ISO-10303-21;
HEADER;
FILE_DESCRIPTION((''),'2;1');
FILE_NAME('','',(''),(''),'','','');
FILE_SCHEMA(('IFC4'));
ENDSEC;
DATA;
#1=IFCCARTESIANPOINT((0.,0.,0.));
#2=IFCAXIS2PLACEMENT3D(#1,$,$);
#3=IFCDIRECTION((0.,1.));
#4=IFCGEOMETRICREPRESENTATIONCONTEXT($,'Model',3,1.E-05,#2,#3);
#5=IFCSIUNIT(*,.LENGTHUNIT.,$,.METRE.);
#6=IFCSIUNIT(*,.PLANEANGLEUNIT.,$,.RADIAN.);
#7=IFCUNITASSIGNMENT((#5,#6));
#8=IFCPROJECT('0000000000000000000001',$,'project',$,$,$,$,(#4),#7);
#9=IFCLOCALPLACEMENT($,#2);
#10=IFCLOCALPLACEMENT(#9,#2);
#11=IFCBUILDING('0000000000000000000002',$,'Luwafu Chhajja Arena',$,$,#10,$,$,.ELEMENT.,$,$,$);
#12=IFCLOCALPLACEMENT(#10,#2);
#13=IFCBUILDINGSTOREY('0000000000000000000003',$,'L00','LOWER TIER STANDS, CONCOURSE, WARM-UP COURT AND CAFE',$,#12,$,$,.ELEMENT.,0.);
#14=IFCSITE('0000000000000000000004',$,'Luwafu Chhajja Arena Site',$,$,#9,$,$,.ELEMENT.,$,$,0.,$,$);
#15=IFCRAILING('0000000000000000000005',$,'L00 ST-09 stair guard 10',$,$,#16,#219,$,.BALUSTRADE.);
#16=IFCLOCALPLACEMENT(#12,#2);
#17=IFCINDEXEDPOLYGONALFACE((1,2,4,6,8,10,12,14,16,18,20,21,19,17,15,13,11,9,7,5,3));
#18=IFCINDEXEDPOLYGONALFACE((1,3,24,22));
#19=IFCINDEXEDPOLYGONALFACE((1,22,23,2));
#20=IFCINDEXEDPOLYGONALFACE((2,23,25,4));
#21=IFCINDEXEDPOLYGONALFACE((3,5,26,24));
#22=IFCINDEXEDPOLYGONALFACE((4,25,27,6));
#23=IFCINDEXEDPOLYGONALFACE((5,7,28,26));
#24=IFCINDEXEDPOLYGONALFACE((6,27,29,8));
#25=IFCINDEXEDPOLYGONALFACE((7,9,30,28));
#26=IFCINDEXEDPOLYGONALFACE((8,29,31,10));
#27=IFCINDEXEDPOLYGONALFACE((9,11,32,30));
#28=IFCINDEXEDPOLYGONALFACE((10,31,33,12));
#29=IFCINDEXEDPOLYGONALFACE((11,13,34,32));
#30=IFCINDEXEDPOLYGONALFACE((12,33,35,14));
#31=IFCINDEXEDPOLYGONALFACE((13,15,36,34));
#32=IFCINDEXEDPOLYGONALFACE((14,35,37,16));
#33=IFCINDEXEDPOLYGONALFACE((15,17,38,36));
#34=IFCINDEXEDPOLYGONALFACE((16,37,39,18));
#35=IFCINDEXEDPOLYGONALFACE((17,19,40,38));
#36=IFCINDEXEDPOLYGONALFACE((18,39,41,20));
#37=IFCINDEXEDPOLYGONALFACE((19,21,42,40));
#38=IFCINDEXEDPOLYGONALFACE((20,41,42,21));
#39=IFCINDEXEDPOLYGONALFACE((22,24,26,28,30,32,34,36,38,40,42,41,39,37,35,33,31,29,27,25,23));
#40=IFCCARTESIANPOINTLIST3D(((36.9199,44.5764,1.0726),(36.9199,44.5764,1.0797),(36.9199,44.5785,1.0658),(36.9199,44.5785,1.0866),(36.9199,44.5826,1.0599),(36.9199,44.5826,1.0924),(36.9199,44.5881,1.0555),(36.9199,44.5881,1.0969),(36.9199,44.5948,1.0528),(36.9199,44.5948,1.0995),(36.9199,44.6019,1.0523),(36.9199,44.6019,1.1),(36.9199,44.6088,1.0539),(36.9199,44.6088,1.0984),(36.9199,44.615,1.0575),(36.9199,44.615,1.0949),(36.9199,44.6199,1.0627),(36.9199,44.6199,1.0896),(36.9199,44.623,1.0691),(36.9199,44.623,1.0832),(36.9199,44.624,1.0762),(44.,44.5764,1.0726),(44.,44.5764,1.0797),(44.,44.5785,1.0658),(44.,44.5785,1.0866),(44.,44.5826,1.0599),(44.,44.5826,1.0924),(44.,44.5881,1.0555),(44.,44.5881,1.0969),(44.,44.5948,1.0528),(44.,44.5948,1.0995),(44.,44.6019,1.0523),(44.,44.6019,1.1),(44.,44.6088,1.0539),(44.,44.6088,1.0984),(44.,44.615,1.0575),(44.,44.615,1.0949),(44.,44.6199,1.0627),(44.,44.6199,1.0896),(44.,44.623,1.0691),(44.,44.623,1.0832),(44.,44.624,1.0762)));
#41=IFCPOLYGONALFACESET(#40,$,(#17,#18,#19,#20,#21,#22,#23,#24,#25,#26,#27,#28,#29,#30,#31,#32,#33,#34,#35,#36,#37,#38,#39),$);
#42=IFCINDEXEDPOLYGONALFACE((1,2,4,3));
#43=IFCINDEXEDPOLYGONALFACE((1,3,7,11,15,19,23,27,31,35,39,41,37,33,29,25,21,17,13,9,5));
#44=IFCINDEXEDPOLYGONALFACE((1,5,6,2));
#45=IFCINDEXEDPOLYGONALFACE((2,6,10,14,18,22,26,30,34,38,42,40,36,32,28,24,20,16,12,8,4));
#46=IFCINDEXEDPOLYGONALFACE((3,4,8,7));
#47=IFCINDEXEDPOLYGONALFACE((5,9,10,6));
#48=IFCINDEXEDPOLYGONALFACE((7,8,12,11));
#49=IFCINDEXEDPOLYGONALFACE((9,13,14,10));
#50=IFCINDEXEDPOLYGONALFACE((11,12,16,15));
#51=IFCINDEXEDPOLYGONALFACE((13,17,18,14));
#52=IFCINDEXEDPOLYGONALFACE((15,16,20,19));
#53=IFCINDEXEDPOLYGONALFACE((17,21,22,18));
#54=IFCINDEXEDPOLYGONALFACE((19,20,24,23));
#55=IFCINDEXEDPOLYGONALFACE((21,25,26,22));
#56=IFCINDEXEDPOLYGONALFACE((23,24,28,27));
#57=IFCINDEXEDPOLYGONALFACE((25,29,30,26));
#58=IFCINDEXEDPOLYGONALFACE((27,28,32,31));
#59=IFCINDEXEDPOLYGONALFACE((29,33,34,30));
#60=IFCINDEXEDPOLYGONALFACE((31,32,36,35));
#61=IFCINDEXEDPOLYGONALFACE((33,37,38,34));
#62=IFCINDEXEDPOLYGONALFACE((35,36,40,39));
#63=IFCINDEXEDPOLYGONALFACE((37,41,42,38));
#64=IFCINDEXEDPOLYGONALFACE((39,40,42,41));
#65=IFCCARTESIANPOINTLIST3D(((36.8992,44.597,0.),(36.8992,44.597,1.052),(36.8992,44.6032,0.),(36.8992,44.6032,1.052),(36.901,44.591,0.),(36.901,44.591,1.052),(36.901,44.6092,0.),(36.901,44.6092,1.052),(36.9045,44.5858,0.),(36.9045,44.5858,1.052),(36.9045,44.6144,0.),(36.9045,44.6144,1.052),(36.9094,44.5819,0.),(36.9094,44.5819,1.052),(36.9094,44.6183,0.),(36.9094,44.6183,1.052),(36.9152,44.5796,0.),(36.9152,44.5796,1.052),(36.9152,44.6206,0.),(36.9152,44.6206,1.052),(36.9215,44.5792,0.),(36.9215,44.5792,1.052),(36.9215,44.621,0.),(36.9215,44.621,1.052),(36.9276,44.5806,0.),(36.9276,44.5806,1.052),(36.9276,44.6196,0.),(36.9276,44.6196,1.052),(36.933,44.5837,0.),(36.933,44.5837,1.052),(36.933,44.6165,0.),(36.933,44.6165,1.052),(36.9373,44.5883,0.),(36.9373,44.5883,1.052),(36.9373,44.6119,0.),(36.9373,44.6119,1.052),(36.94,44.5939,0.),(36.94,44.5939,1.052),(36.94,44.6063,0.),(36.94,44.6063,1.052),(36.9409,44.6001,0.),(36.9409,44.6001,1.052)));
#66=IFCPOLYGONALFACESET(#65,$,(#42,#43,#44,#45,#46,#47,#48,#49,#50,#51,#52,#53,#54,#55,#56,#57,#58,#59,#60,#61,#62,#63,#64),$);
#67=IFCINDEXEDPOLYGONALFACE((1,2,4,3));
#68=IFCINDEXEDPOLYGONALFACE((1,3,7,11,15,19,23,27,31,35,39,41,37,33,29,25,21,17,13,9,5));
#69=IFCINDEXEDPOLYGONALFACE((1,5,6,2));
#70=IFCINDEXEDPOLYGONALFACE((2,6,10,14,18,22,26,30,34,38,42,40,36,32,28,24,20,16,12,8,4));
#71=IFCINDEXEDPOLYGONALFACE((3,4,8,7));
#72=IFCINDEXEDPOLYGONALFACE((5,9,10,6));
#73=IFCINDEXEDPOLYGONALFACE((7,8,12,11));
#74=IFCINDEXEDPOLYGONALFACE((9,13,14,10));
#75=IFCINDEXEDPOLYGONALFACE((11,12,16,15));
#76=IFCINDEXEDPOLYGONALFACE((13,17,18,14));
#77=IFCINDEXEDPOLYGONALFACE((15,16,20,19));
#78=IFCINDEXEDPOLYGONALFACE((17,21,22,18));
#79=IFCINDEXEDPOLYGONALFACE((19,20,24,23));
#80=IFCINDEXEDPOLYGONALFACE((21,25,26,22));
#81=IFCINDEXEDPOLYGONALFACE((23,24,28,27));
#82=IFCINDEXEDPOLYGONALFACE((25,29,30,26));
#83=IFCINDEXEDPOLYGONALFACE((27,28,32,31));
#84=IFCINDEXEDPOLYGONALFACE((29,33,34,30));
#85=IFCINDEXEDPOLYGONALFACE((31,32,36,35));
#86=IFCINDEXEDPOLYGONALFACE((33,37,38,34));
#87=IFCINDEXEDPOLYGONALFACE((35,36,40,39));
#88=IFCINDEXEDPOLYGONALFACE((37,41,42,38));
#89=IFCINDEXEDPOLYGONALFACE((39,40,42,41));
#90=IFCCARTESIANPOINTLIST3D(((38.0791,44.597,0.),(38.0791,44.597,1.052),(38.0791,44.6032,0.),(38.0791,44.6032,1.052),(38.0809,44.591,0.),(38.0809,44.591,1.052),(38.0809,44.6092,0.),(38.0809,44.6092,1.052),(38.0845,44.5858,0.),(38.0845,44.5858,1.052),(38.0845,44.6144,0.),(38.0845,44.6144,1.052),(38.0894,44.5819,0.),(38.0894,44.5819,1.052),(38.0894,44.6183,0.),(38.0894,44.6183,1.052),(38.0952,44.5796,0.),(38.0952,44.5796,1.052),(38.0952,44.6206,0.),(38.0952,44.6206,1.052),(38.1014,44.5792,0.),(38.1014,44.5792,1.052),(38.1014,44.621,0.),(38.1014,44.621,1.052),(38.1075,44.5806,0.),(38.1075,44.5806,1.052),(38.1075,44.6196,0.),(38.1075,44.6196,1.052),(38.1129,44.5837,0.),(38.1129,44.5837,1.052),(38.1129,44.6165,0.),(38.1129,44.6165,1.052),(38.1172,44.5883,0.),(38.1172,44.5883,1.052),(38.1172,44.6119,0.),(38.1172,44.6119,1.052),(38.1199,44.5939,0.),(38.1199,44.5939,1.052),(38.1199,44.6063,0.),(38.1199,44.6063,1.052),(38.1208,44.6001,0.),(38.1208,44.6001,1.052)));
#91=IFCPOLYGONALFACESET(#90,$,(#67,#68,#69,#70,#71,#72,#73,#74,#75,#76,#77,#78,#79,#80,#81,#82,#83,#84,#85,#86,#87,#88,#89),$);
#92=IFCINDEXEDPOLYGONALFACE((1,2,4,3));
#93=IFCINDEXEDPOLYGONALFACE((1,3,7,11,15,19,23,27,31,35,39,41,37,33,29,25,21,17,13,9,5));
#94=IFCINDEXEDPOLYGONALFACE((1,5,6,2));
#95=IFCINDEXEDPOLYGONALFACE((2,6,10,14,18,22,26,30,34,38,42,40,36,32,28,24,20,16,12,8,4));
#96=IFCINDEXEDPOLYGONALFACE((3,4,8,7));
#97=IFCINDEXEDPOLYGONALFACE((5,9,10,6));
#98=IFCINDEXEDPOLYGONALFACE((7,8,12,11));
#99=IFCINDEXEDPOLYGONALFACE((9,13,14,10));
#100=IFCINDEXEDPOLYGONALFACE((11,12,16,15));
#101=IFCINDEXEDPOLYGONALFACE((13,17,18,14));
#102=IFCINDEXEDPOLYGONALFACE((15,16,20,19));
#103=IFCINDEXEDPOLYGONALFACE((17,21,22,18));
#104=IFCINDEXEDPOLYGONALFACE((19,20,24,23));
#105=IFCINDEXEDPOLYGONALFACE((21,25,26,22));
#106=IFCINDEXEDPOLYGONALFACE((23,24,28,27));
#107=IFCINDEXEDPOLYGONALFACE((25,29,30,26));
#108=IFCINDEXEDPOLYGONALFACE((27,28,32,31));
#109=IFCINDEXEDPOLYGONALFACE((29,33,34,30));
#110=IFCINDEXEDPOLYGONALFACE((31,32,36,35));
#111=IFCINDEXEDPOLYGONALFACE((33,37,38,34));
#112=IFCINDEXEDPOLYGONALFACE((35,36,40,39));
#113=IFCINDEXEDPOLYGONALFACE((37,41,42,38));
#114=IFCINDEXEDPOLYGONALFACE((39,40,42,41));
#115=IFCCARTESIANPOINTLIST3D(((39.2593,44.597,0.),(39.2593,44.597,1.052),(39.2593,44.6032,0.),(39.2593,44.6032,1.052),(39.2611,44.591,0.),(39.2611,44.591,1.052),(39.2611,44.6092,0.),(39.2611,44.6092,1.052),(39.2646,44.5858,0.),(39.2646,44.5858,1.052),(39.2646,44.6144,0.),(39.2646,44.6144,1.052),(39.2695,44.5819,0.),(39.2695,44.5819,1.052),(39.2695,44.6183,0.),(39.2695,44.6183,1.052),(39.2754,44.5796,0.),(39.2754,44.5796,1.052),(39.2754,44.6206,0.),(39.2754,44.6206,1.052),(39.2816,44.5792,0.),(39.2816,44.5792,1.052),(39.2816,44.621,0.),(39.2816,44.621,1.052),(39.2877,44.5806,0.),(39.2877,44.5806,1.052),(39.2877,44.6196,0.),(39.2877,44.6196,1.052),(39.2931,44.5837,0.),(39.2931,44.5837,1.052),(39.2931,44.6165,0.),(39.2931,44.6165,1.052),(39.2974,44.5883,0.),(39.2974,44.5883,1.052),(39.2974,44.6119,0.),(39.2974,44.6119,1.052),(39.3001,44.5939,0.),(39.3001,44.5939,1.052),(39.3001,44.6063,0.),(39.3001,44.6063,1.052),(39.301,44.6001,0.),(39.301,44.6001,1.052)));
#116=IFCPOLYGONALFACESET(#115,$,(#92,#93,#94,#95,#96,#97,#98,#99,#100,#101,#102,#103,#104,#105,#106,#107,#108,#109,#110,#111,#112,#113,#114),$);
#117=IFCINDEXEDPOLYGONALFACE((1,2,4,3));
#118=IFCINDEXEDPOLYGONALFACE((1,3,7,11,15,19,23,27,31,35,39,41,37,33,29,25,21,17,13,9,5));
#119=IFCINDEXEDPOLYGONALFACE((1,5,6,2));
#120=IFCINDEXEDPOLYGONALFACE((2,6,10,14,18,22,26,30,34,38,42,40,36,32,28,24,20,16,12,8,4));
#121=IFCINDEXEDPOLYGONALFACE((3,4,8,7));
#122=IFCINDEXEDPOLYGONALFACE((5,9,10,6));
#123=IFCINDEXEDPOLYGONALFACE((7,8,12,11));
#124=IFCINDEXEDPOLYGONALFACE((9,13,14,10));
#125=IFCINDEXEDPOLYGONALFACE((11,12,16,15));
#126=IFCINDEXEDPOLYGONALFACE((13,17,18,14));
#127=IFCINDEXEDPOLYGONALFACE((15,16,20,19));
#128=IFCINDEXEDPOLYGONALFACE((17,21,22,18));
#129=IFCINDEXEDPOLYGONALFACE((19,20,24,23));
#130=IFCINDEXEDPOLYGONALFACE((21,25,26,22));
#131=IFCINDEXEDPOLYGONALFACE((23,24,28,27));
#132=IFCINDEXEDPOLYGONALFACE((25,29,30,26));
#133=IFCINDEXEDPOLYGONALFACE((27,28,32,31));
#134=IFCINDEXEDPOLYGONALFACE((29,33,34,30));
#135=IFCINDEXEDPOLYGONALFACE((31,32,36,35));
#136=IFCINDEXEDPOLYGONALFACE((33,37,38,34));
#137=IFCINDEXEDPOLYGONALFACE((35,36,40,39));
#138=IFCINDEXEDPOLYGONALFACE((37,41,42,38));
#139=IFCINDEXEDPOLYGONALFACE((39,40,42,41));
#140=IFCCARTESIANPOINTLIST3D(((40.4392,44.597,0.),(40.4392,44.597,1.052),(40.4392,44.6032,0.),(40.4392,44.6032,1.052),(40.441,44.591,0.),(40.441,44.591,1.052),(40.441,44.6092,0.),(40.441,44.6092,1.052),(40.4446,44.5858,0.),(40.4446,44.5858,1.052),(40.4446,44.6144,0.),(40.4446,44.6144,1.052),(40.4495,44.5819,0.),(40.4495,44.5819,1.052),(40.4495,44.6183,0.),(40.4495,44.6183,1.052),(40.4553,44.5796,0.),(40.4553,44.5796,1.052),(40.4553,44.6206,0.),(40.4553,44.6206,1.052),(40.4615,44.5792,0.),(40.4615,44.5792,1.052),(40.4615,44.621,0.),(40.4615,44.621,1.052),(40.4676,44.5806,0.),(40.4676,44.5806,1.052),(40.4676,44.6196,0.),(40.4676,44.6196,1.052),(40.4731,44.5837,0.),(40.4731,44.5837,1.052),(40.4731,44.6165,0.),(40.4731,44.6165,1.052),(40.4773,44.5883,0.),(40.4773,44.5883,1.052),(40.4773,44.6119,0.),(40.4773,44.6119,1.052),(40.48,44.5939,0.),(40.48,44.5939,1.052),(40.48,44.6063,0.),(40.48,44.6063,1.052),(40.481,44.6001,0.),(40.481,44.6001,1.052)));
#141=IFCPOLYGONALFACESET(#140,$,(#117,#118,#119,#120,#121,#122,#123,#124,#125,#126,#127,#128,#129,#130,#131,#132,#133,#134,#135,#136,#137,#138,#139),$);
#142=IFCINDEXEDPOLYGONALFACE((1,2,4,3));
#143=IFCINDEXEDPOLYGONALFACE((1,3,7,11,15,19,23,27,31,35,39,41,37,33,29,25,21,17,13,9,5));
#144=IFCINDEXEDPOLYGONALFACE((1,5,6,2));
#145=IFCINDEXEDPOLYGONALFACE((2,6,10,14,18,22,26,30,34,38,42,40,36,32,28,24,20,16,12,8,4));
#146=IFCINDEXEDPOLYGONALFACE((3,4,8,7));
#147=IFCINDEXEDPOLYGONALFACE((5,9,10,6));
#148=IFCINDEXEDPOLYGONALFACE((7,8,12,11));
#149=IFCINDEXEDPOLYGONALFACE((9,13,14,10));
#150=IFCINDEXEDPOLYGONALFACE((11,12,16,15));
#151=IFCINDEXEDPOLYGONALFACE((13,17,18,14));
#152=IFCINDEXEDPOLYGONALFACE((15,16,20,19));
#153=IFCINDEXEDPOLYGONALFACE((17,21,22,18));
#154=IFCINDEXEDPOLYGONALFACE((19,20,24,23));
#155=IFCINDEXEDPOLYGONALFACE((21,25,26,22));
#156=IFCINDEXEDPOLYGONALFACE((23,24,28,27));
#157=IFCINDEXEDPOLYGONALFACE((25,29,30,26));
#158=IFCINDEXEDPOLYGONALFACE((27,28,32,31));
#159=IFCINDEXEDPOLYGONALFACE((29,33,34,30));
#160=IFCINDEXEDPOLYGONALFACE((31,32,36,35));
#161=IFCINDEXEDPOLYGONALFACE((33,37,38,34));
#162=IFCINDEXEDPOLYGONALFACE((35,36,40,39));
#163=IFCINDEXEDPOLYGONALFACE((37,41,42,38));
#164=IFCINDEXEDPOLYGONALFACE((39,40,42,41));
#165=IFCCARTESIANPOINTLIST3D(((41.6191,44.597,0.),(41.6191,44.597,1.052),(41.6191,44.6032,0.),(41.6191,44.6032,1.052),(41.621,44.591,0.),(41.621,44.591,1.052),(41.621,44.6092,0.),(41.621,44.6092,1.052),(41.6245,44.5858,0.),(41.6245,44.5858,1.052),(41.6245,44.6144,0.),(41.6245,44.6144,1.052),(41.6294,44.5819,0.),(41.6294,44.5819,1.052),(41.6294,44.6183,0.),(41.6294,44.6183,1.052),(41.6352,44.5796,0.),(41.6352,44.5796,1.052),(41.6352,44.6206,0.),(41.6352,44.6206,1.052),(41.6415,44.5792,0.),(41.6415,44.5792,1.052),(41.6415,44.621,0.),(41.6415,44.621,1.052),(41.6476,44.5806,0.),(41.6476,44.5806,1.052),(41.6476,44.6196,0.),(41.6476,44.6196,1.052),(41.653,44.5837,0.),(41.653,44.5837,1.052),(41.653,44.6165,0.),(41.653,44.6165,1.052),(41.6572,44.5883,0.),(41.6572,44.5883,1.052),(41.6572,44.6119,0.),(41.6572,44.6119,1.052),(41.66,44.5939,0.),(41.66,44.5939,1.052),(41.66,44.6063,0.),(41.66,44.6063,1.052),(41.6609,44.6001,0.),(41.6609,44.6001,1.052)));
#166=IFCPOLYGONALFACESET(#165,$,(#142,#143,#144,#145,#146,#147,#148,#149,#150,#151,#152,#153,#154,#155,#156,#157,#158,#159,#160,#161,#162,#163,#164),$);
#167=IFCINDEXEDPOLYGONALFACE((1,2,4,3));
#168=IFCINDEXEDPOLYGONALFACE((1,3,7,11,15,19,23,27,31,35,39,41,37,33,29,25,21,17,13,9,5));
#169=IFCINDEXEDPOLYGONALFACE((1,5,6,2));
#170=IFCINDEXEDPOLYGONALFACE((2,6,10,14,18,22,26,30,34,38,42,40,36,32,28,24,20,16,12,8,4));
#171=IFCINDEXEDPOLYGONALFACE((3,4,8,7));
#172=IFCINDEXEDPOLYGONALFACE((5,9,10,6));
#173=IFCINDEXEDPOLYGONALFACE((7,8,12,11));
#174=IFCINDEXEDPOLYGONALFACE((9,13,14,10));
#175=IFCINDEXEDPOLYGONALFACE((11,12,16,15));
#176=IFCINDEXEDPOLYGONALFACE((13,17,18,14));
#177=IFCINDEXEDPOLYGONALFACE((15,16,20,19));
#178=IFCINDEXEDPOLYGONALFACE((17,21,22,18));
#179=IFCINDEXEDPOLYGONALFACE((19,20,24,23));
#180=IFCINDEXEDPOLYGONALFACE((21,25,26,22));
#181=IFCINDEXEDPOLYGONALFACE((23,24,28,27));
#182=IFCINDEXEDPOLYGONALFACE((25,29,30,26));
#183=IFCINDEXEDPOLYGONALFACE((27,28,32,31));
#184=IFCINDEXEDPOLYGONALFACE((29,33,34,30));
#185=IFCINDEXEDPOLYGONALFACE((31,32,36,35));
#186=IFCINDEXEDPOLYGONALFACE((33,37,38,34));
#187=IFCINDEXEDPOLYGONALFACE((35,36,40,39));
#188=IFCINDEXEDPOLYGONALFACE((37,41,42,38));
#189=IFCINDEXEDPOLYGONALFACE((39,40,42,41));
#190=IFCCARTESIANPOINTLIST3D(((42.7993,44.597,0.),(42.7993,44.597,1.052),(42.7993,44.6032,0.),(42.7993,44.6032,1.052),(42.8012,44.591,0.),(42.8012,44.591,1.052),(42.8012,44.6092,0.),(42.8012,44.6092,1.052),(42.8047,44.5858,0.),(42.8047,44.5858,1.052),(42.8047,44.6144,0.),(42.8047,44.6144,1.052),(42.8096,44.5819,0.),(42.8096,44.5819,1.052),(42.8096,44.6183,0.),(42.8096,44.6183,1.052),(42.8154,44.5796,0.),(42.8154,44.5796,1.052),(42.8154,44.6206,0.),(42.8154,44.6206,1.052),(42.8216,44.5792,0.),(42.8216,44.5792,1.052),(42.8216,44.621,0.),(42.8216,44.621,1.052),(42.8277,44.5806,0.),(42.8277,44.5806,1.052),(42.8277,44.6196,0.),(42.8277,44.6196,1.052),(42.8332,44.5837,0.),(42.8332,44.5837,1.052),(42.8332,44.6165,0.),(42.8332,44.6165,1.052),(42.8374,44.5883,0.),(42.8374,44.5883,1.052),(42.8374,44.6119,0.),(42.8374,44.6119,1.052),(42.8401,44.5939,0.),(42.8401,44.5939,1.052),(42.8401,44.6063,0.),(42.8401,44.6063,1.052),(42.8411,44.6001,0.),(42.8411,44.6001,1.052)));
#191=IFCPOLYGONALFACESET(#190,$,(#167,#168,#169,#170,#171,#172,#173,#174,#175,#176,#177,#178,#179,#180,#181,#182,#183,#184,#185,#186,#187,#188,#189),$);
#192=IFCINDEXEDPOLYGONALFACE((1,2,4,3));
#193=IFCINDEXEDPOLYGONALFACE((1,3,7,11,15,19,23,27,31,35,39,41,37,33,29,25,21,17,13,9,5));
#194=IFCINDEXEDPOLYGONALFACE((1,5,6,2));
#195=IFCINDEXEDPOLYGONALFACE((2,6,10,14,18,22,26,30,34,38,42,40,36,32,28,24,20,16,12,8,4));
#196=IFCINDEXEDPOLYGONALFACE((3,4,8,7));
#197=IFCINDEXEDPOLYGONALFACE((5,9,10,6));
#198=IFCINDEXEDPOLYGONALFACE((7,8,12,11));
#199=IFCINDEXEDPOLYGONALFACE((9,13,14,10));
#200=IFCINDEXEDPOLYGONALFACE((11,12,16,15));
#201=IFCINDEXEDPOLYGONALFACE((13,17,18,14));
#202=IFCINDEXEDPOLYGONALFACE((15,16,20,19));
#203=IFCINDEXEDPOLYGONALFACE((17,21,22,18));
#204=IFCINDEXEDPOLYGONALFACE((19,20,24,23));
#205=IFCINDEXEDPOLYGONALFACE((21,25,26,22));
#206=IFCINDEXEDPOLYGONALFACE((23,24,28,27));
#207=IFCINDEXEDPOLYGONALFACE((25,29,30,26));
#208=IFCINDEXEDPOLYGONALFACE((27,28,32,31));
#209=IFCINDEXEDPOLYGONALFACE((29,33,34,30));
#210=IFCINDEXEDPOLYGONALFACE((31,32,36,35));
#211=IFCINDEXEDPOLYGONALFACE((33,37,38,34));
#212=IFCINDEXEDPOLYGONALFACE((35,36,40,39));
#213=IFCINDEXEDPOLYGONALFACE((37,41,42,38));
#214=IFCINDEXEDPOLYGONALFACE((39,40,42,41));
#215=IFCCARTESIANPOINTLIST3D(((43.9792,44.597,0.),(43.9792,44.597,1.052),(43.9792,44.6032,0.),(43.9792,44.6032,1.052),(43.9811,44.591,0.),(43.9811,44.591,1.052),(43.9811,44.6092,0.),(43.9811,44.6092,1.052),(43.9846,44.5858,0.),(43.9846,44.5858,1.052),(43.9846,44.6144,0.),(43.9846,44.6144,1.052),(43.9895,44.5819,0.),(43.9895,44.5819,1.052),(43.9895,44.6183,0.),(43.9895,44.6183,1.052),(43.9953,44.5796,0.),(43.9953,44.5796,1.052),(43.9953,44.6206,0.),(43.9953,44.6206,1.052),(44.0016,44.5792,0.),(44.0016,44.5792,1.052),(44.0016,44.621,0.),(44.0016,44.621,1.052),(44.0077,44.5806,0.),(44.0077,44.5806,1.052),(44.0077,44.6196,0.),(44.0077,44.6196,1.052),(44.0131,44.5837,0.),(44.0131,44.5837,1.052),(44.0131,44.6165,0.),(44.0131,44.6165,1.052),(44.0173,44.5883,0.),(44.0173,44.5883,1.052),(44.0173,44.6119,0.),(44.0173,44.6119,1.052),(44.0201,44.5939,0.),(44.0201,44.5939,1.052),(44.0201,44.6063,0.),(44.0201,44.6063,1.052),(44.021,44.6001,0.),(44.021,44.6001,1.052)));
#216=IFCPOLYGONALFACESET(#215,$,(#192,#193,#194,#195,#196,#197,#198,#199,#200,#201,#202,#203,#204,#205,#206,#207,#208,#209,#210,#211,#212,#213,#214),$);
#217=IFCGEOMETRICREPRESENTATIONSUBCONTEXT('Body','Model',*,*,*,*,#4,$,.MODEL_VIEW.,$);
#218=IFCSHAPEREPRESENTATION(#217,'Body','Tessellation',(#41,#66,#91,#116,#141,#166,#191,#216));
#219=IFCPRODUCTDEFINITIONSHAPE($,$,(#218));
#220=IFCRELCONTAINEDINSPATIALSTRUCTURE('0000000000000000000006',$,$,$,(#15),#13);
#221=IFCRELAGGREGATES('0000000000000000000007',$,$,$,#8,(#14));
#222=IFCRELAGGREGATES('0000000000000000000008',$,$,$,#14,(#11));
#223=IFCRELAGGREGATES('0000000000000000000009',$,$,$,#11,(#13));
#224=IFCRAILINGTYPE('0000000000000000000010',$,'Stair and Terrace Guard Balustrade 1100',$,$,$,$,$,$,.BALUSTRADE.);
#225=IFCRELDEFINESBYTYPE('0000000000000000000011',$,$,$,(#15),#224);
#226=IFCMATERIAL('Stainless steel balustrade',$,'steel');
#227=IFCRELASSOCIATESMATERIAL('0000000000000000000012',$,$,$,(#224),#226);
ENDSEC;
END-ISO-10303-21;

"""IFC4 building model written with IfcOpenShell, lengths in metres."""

from ifc_helpers import new_model, si_unit, direction, frame, origin, origin_2d, place, context, subcontext, project, spatial, circle, extrude, material, type_object, element, save


model = new_model("IFC4")

# Units and contexts
model_context = context("Model", 3, precision=1e-05, world=origin(), true_north=direction((0.0, 1.0)))
body_context = subcontext(model_context, "Body", "Model", "MODEL_VIEW")
ifc_project = project(units=[si_unit("LENGTHUNIT", "METRE"), si_unit("PLANEANGLEUNIT", "RADIAN")], contexts=[model_context])

# Site, building, storey
site_placement = place(None, origin())
site = spatial("IfcSite", under=ifc_project, at=site_placement, Name="Luwafu Chhajja Arena Site", CompositionType="ELEMENT", RefElevation=0.0)
building_placement = place(site_placement, origin())
building = spatial("IfcBuilding", under=site, at=building_placement, Name="Luwafu Chhajja Arena", CompositionType="ELEMENT")
storey_placement = place(building_placement, origin())
storey = spatial("IfcBuildingStorey", under=building, at=storey_placement, Name="L00", Description="LOWER TIER STANDS, CONCOURSE, WARM-UP COURT AND CAFE", CompositionType="ELEMENT", Elevation=0.0)

# Railing
ifc_material_1 = material(Name="Stainless steel balustrade", Category="steel")
railing_type_1 = type_object("IfcRailingType", Name="Stair and Terrace Guard Balustrade 1100", PredefinedType="BALUSTRADE", material=ifc_material_1)
railing_1_placement = place(storey_placement, frame((36.9199, 44.6001, 0.0)))
element("IfcRailing", 1, at=railing_1_placement, inside=storey, type_object=railing_type_1, Name="L00 ST-09 stair guard 10", PredefinedType="BALUSTRADE", context=body_context, shape_type="SweptSolid", body=[
    extrude(circle(Radius=0.0239, at=origin_2d()), frame((0.0, 0.0, 1.0762), z_axis=(1.0, 0.0, 0.0), x_axis=(0.0, 1.0, 0.0)), (0.0, 0.0, 1.0), 7.0801),
    extrude(circle(Radius=0.021, at=origin_2d()), origin(), (0.0, 0.0, 1.0), 1.052),
    extrude(circle(Radius=0.021, at=origin_2d()), frame((1.1799, 0.0, 0.0)), (0.0, 0.0, 1.0), 1.052),
    extrude(circle(Radius=0.021, at=origin_2d()), frame((2.3601, 0.0, 0.0)), (0.0, 0.0, 1.0), 1.052),
    extrude(circle(Radius=0.021, at=origin_2d()), frame((3.54, 0.0, 0.0)), (0.0, 0.0, 1.0), 1.052),
    extrude(circle(Radius=0.021, at=origin_2d()), frame((4.72, 0.0, 0.0)), (0.0, 0.0, 1.0), 1.052),
    extrude(circle(Radius=0.021, at=origin_2d()), frame((5.9001, 0.0, 0.0)), (0.0, 0.0, 1.0), 1.052),
    extrude(circle(Radius=0.021, at=origin_2d()), frame((7.0801, 0.0, 0.0)), (0.0, 0.0, 1.0), 1.052),
])

save(model, "model.ifc")
